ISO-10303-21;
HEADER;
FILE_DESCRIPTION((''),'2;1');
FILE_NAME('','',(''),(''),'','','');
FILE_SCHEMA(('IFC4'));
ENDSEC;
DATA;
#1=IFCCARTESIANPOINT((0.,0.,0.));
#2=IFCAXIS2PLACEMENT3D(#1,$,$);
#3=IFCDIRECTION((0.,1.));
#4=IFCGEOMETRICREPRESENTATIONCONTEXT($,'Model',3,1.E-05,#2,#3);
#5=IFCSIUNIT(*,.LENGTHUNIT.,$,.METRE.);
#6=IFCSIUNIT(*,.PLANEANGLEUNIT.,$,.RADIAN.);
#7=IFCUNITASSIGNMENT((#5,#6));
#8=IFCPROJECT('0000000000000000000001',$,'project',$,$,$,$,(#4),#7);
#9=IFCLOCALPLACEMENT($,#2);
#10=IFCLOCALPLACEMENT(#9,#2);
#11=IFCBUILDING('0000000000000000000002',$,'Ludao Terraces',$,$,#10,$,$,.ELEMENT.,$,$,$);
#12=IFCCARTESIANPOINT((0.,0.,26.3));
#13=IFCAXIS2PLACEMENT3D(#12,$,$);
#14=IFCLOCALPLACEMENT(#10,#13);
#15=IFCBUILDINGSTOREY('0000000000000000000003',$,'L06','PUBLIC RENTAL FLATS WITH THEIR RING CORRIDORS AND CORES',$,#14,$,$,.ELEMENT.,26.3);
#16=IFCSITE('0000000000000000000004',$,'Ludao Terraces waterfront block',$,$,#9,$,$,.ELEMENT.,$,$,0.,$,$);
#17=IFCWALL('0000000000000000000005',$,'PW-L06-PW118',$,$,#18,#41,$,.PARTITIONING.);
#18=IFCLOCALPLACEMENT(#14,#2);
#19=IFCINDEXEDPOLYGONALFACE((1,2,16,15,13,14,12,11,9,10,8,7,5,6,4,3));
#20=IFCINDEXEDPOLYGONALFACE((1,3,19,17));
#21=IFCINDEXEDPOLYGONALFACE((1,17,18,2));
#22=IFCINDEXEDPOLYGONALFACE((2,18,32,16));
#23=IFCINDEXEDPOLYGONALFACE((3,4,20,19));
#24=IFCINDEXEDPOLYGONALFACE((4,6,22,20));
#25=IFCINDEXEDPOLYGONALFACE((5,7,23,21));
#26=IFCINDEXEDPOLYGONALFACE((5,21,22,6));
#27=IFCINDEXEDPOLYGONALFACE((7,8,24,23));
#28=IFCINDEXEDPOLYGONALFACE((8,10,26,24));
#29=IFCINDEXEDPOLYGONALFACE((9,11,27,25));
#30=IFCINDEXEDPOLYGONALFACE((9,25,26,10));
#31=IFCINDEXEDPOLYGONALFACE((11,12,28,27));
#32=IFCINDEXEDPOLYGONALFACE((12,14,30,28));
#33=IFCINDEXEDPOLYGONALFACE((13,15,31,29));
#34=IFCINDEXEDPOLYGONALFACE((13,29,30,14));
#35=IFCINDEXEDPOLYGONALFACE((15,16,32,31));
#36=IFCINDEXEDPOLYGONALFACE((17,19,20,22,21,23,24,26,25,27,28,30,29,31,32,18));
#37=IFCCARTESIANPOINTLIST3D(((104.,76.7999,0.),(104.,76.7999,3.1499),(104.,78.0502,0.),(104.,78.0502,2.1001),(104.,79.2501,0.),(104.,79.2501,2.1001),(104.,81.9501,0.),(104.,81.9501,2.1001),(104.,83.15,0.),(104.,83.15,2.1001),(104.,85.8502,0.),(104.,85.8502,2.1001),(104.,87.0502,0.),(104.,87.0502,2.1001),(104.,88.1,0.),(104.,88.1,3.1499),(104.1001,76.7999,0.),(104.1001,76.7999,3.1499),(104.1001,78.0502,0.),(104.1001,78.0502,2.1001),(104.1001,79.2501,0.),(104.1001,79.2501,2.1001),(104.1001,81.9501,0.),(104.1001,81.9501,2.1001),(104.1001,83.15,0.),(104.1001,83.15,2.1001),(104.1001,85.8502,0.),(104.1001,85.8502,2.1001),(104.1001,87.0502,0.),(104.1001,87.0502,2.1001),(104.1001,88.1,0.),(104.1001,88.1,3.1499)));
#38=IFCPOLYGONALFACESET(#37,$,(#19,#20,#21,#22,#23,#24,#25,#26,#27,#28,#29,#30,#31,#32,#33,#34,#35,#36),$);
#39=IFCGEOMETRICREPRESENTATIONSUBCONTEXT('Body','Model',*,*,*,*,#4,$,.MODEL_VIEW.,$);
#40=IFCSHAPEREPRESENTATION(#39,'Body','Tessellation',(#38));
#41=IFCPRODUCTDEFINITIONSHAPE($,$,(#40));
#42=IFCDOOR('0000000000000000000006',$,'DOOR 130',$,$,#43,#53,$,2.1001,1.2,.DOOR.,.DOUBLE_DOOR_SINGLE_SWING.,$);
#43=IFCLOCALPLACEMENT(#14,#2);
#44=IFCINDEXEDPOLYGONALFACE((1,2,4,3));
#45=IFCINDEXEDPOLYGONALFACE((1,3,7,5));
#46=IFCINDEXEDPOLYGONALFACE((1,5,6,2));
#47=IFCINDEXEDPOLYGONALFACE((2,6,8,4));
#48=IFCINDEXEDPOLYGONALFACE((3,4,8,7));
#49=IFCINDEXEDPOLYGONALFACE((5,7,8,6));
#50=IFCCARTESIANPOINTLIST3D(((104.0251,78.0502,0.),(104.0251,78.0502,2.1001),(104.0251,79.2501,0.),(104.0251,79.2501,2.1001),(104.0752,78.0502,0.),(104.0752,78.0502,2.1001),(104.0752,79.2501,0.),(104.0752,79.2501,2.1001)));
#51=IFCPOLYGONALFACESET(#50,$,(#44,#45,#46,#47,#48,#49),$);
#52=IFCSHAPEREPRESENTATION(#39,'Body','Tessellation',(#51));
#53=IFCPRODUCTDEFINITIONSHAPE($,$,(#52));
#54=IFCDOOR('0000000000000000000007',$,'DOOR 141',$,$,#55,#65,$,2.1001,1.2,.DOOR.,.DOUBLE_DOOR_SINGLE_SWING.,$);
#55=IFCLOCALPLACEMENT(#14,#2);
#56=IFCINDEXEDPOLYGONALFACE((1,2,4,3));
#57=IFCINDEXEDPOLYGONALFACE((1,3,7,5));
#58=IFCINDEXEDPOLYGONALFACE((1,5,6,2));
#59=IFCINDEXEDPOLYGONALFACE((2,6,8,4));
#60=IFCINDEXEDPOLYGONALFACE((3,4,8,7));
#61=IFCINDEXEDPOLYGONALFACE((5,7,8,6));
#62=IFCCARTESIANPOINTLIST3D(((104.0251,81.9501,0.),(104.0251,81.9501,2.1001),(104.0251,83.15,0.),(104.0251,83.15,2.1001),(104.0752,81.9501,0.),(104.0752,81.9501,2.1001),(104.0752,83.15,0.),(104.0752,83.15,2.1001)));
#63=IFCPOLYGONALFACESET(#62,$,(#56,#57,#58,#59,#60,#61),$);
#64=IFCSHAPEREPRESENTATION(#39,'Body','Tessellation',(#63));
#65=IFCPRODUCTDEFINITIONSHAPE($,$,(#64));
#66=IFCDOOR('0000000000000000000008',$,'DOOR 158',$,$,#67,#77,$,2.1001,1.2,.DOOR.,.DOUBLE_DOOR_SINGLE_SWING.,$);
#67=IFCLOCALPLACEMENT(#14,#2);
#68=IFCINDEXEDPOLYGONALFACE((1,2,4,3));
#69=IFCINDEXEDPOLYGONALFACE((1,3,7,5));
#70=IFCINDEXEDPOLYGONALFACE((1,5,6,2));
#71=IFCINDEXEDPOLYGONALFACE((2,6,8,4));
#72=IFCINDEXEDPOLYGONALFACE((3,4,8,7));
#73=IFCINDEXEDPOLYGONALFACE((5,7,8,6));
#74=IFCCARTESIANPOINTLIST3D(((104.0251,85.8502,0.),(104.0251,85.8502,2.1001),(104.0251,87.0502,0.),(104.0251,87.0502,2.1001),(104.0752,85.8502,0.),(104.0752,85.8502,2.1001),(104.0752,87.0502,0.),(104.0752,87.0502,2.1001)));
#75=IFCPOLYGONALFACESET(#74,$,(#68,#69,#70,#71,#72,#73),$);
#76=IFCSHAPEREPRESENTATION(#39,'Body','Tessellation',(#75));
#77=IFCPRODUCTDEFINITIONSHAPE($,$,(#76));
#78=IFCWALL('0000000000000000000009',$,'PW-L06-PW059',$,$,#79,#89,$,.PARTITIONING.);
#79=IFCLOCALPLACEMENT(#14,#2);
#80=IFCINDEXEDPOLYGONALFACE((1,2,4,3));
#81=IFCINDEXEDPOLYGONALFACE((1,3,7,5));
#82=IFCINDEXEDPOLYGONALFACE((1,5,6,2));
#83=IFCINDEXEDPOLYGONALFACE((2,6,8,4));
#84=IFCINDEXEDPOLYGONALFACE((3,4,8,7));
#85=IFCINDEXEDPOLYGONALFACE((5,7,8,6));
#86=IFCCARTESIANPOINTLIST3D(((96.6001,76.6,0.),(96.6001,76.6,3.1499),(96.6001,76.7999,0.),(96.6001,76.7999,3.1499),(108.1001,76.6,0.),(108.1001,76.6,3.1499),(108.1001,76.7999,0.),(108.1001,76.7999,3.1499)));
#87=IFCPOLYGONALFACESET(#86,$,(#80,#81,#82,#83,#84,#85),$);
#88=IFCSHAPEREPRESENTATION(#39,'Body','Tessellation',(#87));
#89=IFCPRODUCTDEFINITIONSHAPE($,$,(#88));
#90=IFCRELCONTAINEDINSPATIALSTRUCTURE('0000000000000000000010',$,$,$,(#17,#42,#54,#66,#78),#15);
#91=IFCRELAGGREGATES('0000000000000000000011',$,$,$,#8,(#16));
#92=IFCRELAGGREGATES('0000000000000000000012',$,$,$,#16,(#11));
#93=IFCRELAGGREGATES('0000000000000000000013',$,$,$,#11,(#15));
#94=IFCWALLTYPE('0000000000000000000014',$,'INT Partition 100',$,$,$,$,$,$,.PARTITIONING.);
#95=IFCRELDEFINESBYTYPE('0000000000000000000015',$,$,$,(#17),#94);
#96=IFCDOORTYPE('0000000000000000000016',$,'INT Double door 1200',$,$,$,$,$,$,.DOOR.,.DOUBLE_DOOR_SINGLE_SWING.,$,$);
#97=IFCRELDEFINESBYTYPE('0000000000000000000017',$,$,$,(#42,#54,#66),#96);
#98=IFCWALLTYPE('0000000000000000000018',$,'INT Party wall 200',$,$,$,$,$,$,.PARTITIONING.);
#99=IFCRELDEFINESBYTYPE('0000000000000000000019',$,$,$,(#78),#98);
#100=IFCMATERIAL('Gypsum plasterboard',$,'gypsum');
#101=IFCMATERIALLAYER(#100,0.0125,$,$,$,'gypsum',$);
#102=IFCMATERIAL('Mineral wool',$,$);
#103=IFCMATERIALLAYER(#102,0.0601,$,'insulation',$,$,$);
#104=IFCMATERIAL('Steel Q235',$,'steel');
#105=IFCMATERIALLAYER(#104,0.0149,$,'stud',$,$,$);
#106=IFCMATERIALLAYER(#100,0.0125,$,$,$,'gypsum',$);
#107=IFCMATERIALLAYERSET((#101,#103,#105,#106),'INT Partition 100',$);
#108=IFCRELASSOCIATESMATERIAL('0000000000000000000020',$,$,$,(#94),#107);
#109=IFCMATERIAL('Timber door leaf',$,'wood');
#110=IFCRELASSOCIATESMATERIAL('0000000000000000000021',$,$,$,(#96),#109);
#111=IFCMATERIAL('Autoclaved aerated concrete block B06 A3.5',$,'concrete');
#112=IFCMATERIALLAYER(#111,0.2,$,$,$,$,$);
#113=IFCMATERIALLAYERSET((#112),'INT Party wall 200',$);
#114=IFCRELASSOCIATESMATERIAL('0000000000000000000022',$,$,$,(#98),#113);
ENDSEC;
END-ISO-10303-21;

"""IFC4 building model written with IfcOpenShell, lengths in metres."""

from ifc_helpers import new_model, si_unit, direction, frame, frame_2d, origin, place, context, subcontext, project, spatial, rectangle, extrude, material, layer, layer_set, type_object, element, fill, save


model = new_model("IFC4")

# Units and contexts
model_context = context("Model", 3, precision=1e-05, world=origin(), true_north=direction((0.0, 1.0)))
body_context = subcontext(model_context, "Body", "Model", "MODEL_VIEW")
ifc_project = project(units=[si_unit("LENGTHUNIT", "METRE"), si_unit("PLANEANGLEUNIT", "RADIAN")], contexts=[model_context])

# Site, building, storey
site_placement = place(None, origin())
site = spatial("IfcSite", under=ifc_project, at=site_placement, Name="Ludao Terraces waterfront block", CompositionType="ELEMENT", RefElevation=0.0)
building_placement = place(site_placement, origin())
building = spatial("IfcBuilding", under=site, at=building_placement, Name="Ludao Terraces", CompositionType="ELEMENT")
storey_placement = place(building_placement, frame((0.0, 0.0, 26.3)))
storey = spatial("IfcBuildingStorey", under=building, at=storey_placement, Name="L06", Description="PUBLIC RENTAL FLATS WITH THEIR RING CORRIDORS AND CORES", CompositionType="ELEMENT", Elevation=26.3)

# Shared definitions
ifc_material_1 = material(Name="Gypsum plasterboard", Category="gypsum")
ifc_layer_1 = layer(ifc_material_1, 0.0125, Category="gypsum")
ifc_material_2 = material(Name="Mineral wool")
ifc_layer_2 = layer(ifc_material_2, 0.0601, Name="insulation")
ifc_material_3 = material(Name="Steel Q235", Category="steel")
ifc_layer_3 = layer(ifc_material_3, 0.0149, Name="stud")
ifc_layer_4 = layer(ifc_material_1, 0.0125, Category="gypsum")
ifc_layer_set_1 = layer_set([ifc_layer_1, ifc_layer_2, ifc_layer_3, ifc_layer_4], Name="INT Partition 100")
wall_type_1 = type_object("IfcWallType", Name="INT Partition 100", PredefinedType="PARTITIONING", material=ifc_layer_set_1)

# Wall, openings, doors
wall_1_placement = place(storey_placement, frame((104.05, 76.8, 0.0), z_axis=(0.0, 0.0, 1.0), x_axis=(0.0, 1.0, 0.0)))
wall_1 = element("IfcWall", 1, at=wall_1_placement, inside=storey, type_object=wall_type_1, Name="PW-L06-PW118", PredefinedType="PARTITIONING", context=body_context, shape_type="SweptSolid", body=[
    extrude(rectangle(XDim=11.3, YDim=0.1001, at=frame_2d((5.6499, 0.0))), origin(), (0.0, 0.0, 1.0), 3.1499),
])
opening_1_placement = place(wall_1_placement, frame((1.25, 0.0, 0.0)))
opening_1 = element("IfcOpeningElement", 2, at=opening_1_placement, cuts=wall_1, PredefinedType="OPENING", context=body_context, shape_type="SweptSolid", body=[
    extrude(rectangle(XDim=1.2, YDim=2.1001, at=frame_2d((0.6001, 1.05))), frame((0.0, 0.0601, 0.0), z_axis=(0.0, -1.0, 0.0), x_axis=(1.0, 0.0, 0.0)), (0.0, 0.0, 1.0), 0.1201),
])
opening_2_placement = place(wall_1_placement, frame((5.1499, 0.0, 0.0)))
opening_2 = element("IfcOpeningElement", 3, at=opening_2_placement, cuts=wall_1, PredefinedType="OPENING", context=body_context, shape_type="SweptSolid", body=[
    extrude(rectangle(XDim=1.2, YDim=2.1001, at=frame_2d((0.6001, 1.05))), frame((0.0, 0.0601, 0.0), z_axis=(0.0, -1.0, 0.0), x_axis=(1.0, 0.0, 0.0)), (0.0, 0.0, 1.0), 0.1201),
])
opening_3_placement = place(wall_1_placement, frame((9.05, 0.0, 0.0)))
opening_3 = element("IfcOpeningElement", 4, at=opening_3_placement, cuts=wall_1, PredefinedType="OPENING", context=body_context, shape_type="SweptSolid", body=[
    extrude(rectangle(XDim=1.2, YDim=2.1001, at=frame_2d((0.6001, 1.05))), frame((0.0, 0.0601, 0.0), z_axis=(0.0, -1.0, 0.0), x_axis=(1.0, 0.0, 0.0)), (0.0, 0.0, 1.0), 0.1201),
])
ifc_material_4 = material(Name="Timber door leaf", Category="wood")
door_type = type_object("IfcDoorType", Name="INT Double door 1200", OperationType="DOUBLE_DOOR_SINGLE_SWING", PredefinedType="DOOR", material=ifc_material_4)
door_1_placement = place(opening_1_placement, origin())
door_1 = element("IfcDoor", 5, at=door_1_placement, inside=storey, type_object=door_type, Name="DOOR 130", OperationType="DOUBLE_DOOR_SINGLE_SWING", OverallHeight=2.1001, OverallWidth=1.2, PredefinedType="DOOR", context=body_context, shape_type="SweptSolid", body=[
    extrude(rectangle(XDim=1.2, YDim=2.1001, at=frame_2d((0.6001, 1.05))), frame((0.0, 0.0249, 0.0), z_axis=(0.0, -1.0, 0.0), x_axis=(1.0, 0.0, 0.0)), (0.0, 0.0, 1.0), 0.05),
])
fill(opening_1, door_1)
door_2_placement = place(opening_2_placement, origin())
door_2 = element("IfcDoor", 6, at=door_2_placement, inside=storey, type_object=door_type, Name="DOOR 141", OperationType="DOUBLE_DOOR_SINGLE_SWING", OverallHeight=2.1001, OverallWidth=1.2, PredefinedType="DOOR", context=body_context, shape_type="SweptSolid", body=[
    extrude(rectangle(XDim=1.2, YDim=2.1001, at=frame_2d((0.6001, 1.05))), frame((0.0, 0.0249, 0.0), z_axis=(0.0, -1.0, 0.0), x_axis=(1.0, 0.0, 0.0)), (0.0, 0.0, 1.0), 0.05),
])
fill(opening_2, door_2)
door_3_placement = place(opening_3_placement, origin())
door_3 = element("IfcDoor", 7, at=door_3_placement, inside=storey, type_object=door_type, Name="DOOR 158", OperationType="DOUBLE_DOOR_SINGLE_SWING", OverallHeight=2.1001, OverallWidth=1.2, PredefinedType="DOOR", context=body_context, shape_type="SweptSolid", body=[
    extrude(rectangle(XDim=1.2, YDim=2.1001, at=frame_2d((0.6001, 1.05))), frame((0.0, 0.0249, 0.0), z_axis=(0.0, -1.0, 0.0), x_axis=(1.0, 0.0, 0.0)), (0.0, 0.0, 1.0), 0.05),
])
fill(opening_3, door_3)

# Wall
ifc_material_5 = material(Name="Autoclaved aerated concrete block B06 A3.5", Category="concrete")
ifc_layer_5 = layer(ifc_material_5, 0.2)
ifc_layer_set_2 = layer_set([ifc_layer_5], Name="INT Party wall 200")
wall_type_2 = type_object("IfcWallType", Name="INT Party wall 200", PredefinedType="PARTITIONING", material=ifc_layer_set_2)
wall_2_placement = place(storey_placement, frame((96.6001, 76.7, 0.0), z_axis=(0.0, 0.0, 1.0), x_axis=(1.0, 0.0, 0.0)))
element("IfcWall", 8, at=wall_2_placement, inside=storey, type_object=wall_type_2, Name="PW-L06-PW059", PredefinedType="PARTITIONING", context=body_context, shape_type="SweptSolid", body=[
    extrude(rectangle(XDim=11.5, YDim=0.2, at=frame_2d((5.75, 0.0))), origin(), (0.0, 0.0, 1.0), 3.1499),
])

save(model, "model.ifc")
